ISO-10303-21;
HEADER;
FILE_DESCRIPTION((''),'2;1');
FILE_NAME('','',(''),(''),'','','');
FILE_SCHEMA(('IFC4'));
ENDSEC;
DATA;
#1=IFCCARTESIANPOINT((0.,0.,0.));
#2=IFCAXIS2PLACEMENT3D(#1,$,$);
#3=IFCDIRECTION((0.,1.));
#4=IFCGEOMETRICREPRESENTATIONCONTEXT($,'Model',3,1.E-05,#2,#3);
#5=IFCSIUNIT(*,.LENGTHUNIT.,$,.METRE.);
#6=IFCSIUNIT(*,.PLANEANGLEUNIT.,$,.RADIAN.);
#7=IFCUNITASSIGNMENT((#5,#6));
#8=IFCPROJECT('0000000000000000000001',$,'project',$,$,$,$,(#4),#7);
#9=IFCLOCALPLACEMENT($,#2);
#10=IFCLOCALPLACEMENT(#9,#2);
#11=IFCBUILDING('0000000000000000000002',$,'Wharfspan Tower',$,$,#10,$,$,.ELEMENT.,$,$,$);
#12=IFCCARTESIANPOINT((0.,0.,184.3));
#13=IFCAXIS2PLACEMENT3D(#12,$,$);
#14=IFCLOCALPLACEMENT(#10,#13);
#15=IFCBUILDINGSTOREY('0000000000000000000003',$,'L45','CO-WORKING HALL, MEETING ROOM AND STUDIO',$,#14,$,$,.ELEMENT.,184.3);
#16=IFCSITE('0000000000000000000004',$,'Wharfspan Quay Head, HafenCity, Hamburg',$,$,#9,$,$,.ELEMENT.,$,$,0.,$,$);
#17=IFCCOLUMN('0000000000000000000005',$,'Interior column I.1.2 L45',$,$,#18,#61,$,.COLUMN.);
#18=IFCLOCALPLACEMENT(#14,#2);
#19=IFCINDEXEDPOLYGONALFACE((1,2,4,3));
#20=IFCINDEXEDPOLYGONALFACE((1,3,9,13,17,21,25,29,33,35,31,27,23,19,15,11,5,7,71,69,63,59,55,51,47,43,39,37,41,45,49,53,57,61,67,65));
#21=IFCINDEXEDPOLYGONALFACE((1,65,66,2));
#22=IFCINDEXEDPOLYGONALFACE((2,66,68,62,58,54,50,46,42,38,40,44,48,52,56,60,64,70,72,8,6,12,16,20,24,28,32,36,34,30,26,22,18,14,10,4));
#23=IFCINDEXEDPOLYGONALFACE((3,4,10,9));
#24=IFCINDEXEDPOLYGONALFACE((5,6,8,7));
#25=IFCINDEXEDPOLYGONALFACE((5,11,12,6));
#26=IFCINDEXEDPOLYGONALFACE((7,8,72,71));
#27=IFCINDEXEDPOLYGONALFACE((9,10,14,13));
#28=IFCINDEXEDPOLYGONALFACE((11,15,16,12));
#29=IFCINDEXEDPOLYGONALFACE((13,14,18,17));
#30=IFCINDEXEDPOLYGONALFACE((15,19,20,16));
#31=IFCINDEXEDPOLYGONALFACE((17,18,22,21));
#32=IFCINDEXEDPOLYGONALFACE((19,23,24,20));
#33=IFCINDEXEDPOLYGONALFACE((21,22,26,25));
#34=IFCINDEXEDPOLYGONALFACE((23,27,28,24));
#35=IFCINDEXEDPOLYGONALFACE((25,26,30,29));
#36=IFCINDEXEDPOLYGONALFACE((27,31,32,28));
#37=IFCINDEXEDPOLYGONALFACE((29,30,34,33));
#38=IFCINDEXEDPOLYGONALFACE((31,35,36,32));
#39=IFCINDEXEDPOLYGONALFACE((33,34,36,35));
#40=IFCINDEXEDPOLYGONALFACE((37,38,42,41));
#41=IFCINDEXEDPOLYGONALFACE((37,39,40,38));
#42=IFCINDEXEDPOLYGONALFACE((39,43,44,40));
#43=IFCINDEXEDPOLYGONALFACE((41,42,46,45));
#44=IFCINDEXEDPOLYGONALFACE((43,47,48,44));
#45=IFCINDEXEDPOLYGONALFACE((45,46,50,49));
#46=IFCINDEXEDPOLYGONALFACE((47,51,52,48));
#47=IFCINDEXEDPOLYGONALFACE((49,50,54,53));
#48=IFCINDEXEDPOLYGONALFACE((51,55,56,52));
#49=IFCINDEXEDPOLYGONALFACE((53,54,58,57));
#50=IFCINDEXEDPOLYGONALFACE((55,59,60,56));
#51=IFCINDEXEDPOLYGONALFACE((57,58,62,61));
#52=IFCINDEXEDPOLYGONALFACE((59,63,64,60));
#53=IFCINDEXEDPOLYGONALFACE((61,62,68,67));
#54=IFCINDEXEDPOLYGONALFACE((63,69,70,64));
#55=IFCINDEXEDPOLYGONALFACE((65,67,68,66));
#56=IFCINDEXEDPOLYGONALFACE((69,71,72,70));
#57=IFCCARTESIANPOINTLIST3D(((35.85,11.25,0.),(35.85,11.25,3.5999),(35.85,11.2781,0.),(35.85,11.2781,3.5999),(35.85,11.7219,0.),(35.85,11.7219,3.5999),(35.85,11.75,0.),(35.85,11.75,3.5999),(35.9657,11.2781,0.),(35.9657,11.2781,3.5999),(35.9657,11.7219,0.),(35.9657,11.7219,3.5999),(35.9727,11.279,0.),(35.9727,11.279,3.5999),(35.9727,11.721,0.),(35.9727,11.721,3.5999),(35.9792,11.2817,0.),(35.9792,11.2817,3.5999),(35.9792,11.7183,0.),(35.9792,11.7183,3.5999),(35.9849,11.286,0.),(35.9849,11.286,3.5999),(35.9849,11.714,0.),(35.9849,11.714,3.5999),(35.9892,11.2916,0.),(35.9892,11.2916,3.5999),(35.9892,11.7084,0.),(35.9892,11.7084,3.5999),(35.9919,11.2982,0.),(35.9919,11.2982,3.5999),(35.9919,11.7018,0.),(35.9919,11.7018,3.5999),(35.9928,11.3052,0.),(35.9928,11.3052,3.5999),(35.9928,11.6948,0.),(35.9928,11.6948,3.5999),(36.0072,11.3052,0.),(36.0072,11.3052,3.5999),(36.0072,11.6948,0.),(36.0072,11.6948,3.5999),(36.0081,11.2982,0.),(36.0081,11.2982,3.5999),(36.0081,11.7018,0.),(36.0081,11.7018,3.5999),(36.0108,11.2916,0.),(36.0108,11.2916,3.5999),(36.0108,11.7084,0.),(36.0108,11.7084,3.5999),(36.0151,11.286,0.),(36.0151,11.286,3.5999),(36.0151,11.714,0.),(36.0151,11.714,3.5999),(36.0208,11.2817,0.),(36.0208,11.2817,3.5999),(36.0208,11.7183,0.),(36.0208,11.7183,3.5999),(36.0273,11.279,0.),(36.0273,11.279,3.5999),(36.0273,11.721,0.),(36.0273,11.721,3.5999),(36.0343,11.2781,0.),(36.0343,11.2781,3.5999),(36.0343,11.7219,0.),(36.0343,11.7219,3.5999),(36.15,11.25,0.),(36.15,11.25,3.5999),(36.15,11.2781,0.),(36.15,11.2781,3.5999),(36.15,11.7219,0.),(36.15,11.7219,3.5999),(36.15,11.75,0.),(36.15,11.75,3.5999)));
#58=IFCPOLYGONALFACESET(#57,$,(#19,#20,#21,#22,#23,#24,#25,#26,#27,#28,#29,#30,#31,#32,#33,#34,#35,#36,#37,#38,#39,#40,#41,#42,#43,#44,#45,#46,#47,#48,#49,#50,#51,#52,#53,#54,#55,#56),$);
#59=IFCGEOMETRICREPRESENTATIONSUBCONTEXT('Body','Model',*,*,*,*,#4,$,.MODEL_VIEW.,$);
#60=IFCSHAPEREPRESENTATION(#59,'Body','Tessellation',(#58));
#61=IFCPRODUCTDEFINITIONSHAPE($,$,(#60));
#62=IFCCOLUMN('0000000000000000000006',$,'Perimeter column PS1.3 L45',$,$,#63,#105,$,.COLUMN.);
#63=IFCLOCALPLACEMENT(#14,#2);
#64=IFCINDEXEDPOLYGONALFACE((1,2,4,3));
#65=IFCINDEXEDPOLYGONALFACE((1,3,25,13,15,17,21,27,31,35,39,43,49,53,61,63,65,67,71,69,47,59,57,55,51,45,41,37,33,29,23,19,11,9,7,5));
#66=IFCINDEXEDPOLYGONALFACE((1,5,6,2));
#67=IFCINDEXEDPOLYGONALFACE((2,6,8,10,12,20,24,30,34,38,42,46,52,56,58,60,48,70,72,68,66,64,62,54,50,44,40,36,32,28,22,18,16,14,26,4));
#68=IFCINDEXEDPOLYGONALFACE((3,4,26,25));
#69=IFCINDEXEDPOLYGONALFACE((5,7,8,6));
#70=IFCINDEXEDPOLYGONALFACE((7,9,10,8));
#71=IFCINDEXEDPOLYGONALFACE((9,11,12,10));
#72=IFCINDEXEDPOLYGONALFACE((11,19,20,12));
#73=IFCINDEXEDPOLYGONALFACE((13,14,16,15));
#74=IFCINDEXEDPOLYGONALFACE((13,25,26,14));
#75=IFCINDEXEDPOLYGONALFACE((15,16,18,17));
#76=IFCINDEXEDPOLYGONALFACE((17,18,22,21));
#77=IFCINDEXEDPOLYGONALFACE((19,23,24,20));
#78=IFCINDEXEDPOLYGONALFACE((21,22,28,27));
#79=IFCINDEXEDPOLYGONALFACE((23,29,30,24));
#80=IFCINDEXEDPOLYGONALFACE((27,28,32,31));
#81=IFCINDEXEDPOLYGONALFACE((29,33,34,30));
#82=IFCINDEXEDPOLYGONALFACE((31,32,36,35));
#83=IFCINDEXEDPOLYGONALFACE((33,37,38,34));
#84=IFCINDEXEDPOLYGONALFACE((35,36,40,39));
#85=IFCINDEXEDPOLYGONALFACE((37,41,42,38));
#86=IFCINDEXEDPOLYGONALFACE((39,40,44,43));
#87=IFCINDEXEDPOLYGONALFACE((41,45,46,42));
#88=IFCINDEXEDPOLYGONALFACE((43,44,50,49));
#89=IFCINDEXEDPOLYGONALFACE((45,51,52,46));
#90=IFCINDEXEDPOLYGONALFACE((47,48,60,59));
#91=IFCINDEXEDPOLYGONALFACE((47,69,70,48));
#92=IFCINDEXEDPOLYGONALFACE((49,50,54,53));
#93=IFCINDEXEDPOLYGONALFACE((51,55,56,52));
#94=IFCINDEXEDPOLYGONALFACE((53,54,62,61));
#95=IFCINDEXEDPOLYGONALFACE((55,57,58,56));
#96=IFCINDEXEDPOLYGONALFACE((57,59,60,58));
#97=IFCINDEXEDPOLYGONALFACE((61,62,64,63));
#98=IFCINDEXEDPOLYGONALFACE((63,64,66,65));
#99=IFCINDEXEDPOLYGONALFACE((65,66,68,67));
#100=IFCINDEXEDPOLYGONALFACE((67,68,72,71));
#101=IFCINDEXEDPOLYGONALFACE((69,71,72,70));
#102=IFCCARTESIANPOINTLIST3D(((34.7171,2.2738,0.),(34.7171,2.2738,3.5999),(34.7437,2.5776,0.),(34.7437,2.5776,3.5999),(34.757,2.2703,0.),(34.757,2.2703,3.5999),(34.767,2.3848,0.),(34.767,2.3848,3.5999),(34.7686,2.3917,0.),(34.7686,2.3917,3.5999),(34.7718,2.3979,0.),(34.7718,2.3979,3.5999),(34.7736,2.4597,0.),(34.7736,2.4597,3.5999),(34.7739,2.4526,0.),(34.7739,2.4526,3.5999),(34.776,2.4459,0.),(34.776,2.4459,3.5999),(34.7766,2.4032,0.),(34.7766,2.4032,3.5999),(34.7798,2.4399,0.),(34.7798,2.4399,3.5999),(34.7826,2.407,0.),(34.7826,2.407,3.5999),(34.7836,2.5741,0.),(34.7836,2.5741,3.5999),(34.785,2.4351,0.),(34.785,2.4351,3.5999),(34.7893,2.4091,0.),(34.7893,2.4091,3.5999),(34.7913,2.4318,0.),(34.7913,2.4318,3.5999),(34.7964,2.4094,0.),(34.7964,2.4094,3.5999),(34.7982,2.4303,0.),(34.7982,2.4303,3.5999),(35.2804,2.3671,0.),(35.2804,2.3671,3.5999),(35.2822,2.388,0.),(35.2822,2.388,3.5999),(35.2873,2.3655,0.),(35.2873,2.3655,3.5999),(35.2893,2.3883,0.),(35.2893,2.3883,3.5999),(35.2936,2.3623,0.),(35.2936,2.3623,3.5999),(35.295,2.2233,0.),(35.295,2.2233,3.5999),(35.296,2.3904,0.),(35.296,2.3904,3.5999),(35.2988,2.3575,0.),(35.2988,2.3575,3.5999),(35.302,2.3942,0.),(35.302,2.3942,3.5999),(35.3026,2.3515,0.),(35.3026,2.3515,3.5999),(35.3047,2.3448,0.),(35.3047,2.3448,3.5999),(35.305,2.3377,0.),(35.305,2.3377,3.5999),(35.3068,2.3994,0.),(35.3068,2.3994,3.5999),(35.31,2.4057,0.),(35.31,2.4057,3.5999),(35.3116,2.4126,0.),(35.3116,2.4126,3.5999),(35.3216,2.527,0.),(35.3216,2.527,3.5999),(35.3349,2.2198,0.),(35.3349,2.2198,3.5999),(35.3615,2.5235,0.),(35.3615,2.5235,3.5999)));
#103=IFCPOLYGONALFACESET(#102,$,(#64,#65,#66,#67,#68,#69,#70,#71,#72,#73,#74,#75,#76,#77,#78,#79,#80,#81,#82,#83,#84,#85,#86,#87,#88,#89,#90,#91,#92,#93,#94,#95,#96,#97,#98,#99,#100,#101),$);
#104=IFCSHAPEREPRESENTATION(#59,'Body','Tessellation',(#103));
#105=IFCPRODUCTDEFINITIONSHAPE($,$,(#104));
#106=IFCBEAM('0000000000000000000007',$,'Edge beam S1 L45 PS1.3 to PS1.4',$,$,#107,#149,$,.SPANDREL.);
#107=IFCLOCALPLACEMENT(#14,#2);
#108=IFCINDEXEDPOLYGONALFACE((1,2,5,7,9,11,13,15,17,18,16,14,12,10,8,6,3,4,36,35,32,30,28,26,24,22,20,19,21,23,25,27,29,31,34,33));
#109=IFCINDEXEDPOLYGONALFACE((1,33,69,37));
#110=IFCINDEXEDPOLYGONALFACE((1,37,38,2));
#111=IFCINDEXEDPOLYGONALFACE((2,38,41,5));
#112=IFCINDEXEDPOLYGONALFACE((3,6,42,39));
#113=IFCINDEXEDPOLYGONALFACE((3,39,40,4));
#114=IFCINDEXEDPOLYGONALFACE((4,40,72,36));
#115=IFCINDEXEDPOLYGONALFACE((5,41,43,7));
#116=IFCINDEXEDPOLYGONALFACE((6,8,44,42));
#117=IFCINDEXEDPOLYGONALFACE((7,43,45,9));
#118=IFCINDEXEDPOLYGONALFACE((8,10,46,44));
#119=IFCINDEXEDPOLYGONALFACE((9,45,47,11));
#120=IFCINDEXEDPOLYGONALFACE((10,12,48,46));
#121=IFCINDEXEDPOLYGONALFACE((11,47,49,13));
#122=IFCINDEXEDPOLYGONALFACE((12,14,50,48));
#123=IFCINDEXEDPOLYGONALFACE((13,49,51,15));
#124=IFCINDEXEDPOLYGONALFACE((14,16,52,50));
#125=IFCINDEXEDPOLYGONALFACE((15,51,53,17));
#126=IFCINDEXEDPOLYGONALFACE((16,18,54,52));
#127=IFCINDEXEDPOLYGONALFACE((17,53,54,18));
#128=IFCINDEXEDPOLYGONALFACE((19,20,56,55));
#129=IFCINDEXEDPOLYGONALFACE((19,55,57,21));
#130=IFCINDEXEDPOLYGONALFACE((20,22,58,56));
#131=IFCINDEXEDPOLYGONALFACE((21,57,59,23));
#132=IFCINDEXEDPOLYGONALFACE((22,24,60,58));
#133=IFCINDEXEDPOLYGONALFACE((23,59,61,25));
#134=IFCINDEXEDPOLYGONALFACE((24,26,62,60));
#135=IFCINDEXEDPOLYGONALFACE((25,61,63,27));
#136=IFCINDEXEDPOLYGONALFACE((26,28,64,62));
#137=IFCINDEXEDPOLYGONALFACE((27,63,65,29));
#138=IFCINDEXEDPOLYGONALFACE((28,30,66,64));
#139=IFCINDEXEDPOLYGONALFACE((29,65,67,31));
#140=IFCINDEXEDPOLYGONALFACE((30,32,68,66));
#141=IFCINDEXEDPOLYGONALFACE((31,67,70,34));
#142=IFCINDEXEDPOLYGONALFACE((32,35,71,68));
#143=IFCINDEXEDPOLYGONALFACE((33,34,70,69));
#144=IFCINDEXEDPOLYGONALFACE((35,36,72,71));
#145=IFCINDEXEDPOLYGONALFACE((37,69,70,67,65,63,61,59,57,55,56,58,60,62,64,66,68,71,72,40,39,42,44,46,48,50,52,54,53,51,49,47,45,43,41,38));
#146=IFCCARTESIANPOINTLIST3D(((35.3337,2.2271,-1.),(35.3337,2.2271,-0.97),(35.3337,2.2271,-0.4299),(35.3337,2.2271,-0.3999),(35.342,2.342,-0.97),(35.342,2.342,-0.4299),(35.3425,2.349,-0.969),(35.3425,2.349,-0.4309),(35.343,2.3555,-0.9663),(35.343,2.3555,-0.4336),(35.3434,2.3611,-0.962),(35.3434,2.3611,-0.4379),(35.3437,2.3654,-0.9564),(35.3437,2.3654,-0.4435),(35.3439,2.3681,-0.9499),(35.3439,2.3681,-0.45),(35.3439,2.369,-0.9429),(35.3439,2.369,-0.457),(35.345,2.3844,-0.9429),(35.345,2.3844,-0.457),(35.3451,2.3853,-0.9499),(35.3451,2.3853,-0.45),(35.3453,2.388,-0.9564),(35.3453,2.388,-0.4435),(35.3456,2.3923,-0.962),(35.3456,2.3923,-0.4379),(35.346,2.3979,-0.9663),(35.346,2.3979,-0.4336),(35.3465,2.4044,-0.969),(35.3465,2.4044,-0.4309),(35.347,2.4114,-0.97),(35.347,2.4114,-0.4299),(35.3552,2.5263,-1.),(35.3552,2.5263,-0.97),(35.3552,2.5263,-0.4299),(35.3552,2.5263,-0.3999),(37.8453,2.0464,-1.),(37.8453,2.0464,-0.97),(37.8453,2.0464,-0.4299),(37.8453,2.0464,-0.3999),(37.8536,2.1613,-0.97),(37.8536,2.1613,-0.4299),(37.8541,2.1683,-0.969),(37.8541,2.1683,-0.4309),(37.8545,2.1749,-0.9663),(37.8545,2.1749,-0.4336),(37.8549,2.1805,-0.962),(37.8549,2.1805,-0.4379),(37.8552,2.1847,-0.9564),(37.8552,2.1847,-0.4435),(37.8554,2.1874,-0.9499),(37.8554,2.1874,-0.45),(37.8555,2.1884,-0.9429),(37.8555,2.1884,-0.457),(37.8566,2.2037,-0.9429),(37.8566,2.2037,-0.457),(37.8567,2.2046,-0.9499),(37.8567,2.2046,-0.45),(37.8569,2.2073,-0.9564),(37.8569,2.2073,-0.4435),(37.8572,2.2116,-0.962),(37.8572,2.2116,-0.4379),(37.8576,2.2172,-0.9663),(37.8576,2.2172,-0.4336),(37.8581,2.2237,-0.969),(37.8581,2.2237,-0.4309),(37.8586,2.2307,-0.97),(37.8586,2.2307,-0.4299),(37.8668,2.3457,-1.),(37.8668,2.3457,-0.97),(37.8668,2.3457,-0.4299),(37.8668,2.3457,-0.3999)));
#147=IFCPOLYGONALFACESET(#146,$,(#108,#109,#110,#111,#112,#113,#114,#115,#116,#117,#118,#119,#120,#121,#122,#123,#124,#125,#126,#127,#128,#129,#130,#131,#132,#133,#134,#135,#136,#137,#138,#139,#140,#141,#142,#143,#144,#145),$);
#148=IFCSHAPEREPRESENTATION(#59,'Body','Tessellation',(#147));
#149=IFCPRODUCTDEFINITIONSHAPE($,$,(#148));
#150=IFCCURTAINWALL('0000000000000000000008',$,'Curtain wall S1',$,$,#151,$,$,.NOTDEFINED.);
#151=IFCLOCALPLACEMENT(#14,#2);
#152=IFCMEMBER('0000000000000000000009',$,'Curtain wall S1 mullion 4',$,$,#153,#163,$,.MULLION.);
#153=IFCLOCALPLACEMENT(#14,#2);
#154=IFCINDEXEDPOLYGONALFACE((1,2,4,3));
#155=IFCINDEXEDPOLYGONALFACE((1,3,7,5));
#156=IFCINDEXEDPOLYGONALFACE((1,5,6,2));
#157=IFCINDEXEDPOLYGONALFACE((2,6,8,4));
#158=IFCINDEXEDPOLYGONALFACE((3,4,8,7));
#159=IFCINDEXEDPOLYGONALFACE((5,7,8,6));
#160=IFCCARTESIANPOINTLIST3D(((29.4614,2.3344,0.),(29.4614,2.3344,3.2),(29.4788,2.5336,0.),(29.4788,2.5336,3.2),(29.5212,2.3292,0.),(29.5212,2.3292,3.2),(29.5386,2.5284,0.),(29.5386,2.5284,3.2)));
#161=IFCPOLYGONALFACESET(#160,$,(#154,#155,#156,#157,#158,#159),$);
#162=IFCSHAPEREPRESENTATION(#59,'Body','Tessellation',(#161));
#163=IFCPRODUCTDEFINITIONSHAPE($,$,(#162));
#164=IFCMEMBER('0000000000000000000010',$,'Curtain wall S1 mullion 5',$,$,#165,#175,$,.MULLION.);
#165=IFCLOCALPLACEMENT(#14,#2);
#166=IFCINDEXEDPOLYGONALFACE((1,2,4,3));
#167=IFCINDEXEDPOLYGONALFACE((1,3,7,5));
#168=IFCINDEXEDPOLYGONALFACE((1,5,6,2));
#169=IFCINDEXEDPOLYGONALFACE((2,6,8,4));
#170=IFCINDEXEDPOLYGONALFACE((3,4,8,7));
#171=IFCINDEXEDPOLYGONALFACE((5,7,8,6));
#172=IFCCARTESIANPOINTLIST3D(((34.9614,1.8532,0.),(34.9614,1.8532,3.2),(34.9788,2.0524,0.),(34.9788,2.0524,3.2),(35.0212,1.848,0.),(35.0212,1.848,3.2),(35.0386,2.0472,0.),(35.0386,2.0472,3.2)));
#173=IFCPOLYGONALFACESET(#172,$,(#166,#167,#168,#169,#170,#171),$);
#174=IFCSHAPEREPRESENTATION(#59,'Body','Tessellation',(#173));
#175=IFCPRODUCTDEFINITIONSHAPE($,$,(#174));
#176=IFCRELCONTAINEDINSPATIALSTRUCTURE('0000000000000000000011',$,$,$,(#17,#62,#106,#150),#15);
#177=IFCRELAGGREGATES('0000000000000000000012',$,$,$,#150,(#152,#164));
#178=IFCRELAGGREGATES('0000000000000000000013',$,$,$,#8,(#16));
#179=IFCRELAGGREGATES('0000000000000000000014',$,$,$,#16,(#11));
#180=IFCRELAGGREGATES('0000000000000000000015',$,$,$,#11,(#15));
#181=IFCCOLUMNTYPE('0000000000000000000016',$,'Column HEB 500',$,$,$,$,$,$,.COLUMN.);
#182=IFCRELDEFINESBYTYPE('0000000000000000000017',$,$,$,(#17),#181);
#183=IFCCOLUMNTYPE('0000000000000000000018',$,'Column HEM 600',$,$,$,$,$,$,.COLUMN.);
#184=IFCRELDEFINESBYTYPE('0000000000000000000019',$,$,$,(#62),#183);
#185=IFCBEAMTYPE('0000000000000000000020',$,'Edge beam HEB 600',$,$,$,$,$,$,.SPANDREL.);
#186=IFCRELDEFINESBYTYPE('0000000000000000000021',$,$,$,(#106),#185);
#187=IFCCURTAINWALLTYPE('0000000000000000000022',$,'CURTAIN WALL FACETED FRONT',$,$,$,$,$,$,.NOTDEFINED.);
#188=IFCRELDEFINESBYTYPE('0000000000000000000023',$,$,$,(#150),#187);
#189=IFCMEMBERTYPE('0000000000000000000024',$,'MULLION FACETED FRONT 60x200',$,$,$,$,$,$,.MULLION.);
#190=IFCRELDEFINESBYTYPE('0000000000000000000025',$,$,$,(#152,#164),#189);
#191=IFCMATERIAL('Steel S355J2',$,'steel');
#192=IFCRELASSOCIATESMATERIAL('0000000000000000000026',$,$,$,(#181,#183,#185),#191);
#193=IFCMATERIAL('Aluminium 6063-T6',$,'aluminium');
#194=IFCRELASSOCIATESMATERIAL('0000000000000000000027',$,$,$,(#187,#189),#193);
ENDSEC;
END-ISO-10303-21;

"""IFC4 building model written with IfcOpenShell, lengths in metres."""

from ifc_helpers import new_model, si_unit, direction, frame, origin, origin_2d, place, context, subcontext, project, spatial, rectangle, i_section, extrude, material, material_profile, profile_set, type_object, element, aggregate, save


model = new_model("IFC4")

# Units and contexts
model_context = context("Model", 3, precision=1e-05, world=origin(), true_north=direction((0.0, 1.0)))
body_context = subcontext(model_context, "Body", "Model", "MODEL_VIEW")
ifc_project = project(units=[si_unit("LENGTHUNIT", "METRE"), si_unit("PLANEANGLEUNIT", "RADIAN")], contexts=[model_context])

# Site, building, storey
site_placement = place(None, origin())
site = spatial("IfcSite", under=ifc_project, at=site_placement, Name="Wharfspan Quay Head, HafenCity, Hamburg", CompositionType="ELEMENT", RefElevation=0.0)
building_placement = place(site_placement, origin())
building = spatial("IfcBuilding", under=site, at=building_placement, Name="Wharfspan Tower", CompositionType="ELEMENT")
storey_placement = place(building_placement, frame((0.0, 0.0, 184.3)))
storey = spatial("IfcBuildingStorey", under=building, at=storey_placement, Name="L45", Description="CO-WORKING HALL, MEETING ROOM AND STUDIO", CompositionType="ELEMENT", Elevation=184.3)

# Columns
ifc_material_1 = material(Name="Steel S355J2", Category="steel")
ifc_material_profile_1 = material_profile(ifc_material_1, i_section(OverallWidth=0.3, OverallDepth=0.5, WebThickness=0.0144, FlangeThickness=0.0281, FilletRadius=0.0271, at=origin_2d()))
ifc_profile_set_1 = profile_set([ifc_material_profile_1], Name="Steel S355J2")
column_type_1 = type_object("IfcColumnType", Name="Column HEB 500", PredefinedType="COLUMN", material=ifc_profile_set_1)
column_1_placement = place(storey_placement, frame((36.0, 11.5, 0.0), z_axis=(0.0, 0.0, 1.0), x_axis=(1.0, 0.0, 0.0)))
element("IfcColumn", 1, at=column_1_placement, inside=storey, type_object=column_type_1, Name="Interior column I.1.2 L45", PredefinedType="COLUMN", context=body_context, shape_type="SweptSolid", body=[
    extrude(i_section(OverallWidth=0.3, OverallDepth=0.5, WebThickness=0.0144, FlangeThickness=0.0281, FilletRadius=0.0271, at=origin_2d()), origin(), (0.0, 0.0, 1.0), 3.5999),
])
ifc_material_profile_2 = material_profile(ifc_material_1, i_section(OverallWidth=0.3049, OverallDepth=0.6201, WebThickness=0.021, FlangeThickness=0.04, FilletRadius=0.0271, at=origin_2d()))
ifc_profile_set_2 = profile_set([ifc_material_profile_2], Name="Steel S355J2")
column_type_2 = type_object("IfcColumnType", Name="Column HEM 600", PredefinedType="COLUMN", material=ifc_profile_set_2)
column_2_placement = place(storey_placement, frame((35.0393, 2.3987, 0.0), z_axis=(0.0, 0.0, 1.0), x_axis=(-0.087156, -0.996198, 0.0)))
element("IfcColumn", 2, at=column_2_placement, inside=storey, type_object=column_type_2, Name="Perimeter column PS1.3 L45", PredefinedType="COLUMN", context=body_context, shape_type="SweptSolid", body=[
    extrude(i_section(OverallWidth=0.3049, OverallDepth=0.6201, WebThickness=0.021, FlangeThickness=0.04, FilletRadius=0.0271, at=origin_2d()), origin(), (0.0, 0.0, 1.0), 3.5999),
])

# Beam
ifc_material_profile_3 = material_profile(ifc_material_1, i_section(OverallWidth=0.3, OverallDepth=0.6001, WebThickness=0.0154, FlangeThickness=0.03, FilletRadius=0.0271, at=origin_2d()))
ifc_profile_set_3 = profile_set([ifc_material_profile_3], Name="Steel S355J2")
beam_type = type_object("IfcBeamType", Name="Edge beam HEB 600", PredefinedType="SPANDREL", material=ifc_profile_set_3)
beam_placement = place(storey_placement, frame((35.3445, 2.3767, -0.7), z_axis=(0.997423, -0.07175, 0.0), x_axis=(0.07175, 0.997423, 0.0)))
element("IfcBeam", 3, at=beam_placement, inside=storey, type_object=beam_type, Name="Edge beam S1 L45 PS1.3 to PS1.4", PredefinedType="SPANDREL", context=body_context, shape_type="SweptSolid", body=[
    extrude(i_section(OverallWidth=0.3, OverallDepth=0.6001, WebThickness=0.0154, FlangeThickness=0.03, FilletRadius=0.0271, at=origin_2d()), origin(), (0.0, 0.0, 1.0), 2.5181),
])

# Curtain wall, members
ifc_material_2 = material(Name="Aluminium 6063-T6", Category="aluminium")
curtain_wall_type = type_object("IfcCurtainWallType", Name="CURTAIN WALL FACETED FRONT", PredefinedType="NOTDEFINED", material=ifc_material_2)
curtain_wall_placement = place(storey_placement, origin())
curtain_wall = element("IfcCurtainWall", 4, at=curtain_wall_placement, inside=storey, type_object=curtain_wall_type, Name="Curtain wall S1", PredefinedType="NOTDEFINED")
ifc_material_profile_4 = material_profile(ifc_material_2, rectangle(XDim=0.2, YDim=0.0601, at=origin_2d()))
ifc_profile_set_4 = profile_set([ifc_material_profile_4], Name="Aluminium 6063-T6")
member_type_1 = type_object("IfcMemberType", Name="MULLION FACETED FRONT 60x200", PredefinedType="MULLION", material=ifc_profile_set_4)
member_1_placement = place(storey_placement, frame((29.5, 2.4314, 0.0), z_axis=(0.0, 0.0, 1.0), x_axis=(0.087156, 0.996198, 0.0)))
member_1 = element("IfcMember", 5, at=member_1_placement, type_object=member_type_1, Name="Curtain wall S1 mullion 4", PredefinedType="MULLION", context=body_context, shape_type="SweptSolid", body=[
    extrude(rectangle(XDim=0.2, YDim=0.0601, at=origin_2d()), origin(), (0.0, 0.0, 1.0), 3.2),
])
member_2_placement = place(storey_placement, frame((35.0, 1.9502, 0.0), z_axis=(0.0, 0.0, 1.0), x_axis=(0.087156, 0.996198, 0.0)))
member_2 = element("IfcMember", 6, at=member_2_placement, type_object=member_type_1, Name="Curtain wall S1 mullion 5", PredefinedType="MULLION", context=body_context, shape_type="SweptSolid", body=[
    extrude(rectangle(XDim=0.2, YDim=0.0601, at=origin_2d()), origin(), (0.0, 0.0, 1.0), 3.2),
])

aggregate(curtain_wall, [member_1, member_2])

save(model, "model.ifc")
